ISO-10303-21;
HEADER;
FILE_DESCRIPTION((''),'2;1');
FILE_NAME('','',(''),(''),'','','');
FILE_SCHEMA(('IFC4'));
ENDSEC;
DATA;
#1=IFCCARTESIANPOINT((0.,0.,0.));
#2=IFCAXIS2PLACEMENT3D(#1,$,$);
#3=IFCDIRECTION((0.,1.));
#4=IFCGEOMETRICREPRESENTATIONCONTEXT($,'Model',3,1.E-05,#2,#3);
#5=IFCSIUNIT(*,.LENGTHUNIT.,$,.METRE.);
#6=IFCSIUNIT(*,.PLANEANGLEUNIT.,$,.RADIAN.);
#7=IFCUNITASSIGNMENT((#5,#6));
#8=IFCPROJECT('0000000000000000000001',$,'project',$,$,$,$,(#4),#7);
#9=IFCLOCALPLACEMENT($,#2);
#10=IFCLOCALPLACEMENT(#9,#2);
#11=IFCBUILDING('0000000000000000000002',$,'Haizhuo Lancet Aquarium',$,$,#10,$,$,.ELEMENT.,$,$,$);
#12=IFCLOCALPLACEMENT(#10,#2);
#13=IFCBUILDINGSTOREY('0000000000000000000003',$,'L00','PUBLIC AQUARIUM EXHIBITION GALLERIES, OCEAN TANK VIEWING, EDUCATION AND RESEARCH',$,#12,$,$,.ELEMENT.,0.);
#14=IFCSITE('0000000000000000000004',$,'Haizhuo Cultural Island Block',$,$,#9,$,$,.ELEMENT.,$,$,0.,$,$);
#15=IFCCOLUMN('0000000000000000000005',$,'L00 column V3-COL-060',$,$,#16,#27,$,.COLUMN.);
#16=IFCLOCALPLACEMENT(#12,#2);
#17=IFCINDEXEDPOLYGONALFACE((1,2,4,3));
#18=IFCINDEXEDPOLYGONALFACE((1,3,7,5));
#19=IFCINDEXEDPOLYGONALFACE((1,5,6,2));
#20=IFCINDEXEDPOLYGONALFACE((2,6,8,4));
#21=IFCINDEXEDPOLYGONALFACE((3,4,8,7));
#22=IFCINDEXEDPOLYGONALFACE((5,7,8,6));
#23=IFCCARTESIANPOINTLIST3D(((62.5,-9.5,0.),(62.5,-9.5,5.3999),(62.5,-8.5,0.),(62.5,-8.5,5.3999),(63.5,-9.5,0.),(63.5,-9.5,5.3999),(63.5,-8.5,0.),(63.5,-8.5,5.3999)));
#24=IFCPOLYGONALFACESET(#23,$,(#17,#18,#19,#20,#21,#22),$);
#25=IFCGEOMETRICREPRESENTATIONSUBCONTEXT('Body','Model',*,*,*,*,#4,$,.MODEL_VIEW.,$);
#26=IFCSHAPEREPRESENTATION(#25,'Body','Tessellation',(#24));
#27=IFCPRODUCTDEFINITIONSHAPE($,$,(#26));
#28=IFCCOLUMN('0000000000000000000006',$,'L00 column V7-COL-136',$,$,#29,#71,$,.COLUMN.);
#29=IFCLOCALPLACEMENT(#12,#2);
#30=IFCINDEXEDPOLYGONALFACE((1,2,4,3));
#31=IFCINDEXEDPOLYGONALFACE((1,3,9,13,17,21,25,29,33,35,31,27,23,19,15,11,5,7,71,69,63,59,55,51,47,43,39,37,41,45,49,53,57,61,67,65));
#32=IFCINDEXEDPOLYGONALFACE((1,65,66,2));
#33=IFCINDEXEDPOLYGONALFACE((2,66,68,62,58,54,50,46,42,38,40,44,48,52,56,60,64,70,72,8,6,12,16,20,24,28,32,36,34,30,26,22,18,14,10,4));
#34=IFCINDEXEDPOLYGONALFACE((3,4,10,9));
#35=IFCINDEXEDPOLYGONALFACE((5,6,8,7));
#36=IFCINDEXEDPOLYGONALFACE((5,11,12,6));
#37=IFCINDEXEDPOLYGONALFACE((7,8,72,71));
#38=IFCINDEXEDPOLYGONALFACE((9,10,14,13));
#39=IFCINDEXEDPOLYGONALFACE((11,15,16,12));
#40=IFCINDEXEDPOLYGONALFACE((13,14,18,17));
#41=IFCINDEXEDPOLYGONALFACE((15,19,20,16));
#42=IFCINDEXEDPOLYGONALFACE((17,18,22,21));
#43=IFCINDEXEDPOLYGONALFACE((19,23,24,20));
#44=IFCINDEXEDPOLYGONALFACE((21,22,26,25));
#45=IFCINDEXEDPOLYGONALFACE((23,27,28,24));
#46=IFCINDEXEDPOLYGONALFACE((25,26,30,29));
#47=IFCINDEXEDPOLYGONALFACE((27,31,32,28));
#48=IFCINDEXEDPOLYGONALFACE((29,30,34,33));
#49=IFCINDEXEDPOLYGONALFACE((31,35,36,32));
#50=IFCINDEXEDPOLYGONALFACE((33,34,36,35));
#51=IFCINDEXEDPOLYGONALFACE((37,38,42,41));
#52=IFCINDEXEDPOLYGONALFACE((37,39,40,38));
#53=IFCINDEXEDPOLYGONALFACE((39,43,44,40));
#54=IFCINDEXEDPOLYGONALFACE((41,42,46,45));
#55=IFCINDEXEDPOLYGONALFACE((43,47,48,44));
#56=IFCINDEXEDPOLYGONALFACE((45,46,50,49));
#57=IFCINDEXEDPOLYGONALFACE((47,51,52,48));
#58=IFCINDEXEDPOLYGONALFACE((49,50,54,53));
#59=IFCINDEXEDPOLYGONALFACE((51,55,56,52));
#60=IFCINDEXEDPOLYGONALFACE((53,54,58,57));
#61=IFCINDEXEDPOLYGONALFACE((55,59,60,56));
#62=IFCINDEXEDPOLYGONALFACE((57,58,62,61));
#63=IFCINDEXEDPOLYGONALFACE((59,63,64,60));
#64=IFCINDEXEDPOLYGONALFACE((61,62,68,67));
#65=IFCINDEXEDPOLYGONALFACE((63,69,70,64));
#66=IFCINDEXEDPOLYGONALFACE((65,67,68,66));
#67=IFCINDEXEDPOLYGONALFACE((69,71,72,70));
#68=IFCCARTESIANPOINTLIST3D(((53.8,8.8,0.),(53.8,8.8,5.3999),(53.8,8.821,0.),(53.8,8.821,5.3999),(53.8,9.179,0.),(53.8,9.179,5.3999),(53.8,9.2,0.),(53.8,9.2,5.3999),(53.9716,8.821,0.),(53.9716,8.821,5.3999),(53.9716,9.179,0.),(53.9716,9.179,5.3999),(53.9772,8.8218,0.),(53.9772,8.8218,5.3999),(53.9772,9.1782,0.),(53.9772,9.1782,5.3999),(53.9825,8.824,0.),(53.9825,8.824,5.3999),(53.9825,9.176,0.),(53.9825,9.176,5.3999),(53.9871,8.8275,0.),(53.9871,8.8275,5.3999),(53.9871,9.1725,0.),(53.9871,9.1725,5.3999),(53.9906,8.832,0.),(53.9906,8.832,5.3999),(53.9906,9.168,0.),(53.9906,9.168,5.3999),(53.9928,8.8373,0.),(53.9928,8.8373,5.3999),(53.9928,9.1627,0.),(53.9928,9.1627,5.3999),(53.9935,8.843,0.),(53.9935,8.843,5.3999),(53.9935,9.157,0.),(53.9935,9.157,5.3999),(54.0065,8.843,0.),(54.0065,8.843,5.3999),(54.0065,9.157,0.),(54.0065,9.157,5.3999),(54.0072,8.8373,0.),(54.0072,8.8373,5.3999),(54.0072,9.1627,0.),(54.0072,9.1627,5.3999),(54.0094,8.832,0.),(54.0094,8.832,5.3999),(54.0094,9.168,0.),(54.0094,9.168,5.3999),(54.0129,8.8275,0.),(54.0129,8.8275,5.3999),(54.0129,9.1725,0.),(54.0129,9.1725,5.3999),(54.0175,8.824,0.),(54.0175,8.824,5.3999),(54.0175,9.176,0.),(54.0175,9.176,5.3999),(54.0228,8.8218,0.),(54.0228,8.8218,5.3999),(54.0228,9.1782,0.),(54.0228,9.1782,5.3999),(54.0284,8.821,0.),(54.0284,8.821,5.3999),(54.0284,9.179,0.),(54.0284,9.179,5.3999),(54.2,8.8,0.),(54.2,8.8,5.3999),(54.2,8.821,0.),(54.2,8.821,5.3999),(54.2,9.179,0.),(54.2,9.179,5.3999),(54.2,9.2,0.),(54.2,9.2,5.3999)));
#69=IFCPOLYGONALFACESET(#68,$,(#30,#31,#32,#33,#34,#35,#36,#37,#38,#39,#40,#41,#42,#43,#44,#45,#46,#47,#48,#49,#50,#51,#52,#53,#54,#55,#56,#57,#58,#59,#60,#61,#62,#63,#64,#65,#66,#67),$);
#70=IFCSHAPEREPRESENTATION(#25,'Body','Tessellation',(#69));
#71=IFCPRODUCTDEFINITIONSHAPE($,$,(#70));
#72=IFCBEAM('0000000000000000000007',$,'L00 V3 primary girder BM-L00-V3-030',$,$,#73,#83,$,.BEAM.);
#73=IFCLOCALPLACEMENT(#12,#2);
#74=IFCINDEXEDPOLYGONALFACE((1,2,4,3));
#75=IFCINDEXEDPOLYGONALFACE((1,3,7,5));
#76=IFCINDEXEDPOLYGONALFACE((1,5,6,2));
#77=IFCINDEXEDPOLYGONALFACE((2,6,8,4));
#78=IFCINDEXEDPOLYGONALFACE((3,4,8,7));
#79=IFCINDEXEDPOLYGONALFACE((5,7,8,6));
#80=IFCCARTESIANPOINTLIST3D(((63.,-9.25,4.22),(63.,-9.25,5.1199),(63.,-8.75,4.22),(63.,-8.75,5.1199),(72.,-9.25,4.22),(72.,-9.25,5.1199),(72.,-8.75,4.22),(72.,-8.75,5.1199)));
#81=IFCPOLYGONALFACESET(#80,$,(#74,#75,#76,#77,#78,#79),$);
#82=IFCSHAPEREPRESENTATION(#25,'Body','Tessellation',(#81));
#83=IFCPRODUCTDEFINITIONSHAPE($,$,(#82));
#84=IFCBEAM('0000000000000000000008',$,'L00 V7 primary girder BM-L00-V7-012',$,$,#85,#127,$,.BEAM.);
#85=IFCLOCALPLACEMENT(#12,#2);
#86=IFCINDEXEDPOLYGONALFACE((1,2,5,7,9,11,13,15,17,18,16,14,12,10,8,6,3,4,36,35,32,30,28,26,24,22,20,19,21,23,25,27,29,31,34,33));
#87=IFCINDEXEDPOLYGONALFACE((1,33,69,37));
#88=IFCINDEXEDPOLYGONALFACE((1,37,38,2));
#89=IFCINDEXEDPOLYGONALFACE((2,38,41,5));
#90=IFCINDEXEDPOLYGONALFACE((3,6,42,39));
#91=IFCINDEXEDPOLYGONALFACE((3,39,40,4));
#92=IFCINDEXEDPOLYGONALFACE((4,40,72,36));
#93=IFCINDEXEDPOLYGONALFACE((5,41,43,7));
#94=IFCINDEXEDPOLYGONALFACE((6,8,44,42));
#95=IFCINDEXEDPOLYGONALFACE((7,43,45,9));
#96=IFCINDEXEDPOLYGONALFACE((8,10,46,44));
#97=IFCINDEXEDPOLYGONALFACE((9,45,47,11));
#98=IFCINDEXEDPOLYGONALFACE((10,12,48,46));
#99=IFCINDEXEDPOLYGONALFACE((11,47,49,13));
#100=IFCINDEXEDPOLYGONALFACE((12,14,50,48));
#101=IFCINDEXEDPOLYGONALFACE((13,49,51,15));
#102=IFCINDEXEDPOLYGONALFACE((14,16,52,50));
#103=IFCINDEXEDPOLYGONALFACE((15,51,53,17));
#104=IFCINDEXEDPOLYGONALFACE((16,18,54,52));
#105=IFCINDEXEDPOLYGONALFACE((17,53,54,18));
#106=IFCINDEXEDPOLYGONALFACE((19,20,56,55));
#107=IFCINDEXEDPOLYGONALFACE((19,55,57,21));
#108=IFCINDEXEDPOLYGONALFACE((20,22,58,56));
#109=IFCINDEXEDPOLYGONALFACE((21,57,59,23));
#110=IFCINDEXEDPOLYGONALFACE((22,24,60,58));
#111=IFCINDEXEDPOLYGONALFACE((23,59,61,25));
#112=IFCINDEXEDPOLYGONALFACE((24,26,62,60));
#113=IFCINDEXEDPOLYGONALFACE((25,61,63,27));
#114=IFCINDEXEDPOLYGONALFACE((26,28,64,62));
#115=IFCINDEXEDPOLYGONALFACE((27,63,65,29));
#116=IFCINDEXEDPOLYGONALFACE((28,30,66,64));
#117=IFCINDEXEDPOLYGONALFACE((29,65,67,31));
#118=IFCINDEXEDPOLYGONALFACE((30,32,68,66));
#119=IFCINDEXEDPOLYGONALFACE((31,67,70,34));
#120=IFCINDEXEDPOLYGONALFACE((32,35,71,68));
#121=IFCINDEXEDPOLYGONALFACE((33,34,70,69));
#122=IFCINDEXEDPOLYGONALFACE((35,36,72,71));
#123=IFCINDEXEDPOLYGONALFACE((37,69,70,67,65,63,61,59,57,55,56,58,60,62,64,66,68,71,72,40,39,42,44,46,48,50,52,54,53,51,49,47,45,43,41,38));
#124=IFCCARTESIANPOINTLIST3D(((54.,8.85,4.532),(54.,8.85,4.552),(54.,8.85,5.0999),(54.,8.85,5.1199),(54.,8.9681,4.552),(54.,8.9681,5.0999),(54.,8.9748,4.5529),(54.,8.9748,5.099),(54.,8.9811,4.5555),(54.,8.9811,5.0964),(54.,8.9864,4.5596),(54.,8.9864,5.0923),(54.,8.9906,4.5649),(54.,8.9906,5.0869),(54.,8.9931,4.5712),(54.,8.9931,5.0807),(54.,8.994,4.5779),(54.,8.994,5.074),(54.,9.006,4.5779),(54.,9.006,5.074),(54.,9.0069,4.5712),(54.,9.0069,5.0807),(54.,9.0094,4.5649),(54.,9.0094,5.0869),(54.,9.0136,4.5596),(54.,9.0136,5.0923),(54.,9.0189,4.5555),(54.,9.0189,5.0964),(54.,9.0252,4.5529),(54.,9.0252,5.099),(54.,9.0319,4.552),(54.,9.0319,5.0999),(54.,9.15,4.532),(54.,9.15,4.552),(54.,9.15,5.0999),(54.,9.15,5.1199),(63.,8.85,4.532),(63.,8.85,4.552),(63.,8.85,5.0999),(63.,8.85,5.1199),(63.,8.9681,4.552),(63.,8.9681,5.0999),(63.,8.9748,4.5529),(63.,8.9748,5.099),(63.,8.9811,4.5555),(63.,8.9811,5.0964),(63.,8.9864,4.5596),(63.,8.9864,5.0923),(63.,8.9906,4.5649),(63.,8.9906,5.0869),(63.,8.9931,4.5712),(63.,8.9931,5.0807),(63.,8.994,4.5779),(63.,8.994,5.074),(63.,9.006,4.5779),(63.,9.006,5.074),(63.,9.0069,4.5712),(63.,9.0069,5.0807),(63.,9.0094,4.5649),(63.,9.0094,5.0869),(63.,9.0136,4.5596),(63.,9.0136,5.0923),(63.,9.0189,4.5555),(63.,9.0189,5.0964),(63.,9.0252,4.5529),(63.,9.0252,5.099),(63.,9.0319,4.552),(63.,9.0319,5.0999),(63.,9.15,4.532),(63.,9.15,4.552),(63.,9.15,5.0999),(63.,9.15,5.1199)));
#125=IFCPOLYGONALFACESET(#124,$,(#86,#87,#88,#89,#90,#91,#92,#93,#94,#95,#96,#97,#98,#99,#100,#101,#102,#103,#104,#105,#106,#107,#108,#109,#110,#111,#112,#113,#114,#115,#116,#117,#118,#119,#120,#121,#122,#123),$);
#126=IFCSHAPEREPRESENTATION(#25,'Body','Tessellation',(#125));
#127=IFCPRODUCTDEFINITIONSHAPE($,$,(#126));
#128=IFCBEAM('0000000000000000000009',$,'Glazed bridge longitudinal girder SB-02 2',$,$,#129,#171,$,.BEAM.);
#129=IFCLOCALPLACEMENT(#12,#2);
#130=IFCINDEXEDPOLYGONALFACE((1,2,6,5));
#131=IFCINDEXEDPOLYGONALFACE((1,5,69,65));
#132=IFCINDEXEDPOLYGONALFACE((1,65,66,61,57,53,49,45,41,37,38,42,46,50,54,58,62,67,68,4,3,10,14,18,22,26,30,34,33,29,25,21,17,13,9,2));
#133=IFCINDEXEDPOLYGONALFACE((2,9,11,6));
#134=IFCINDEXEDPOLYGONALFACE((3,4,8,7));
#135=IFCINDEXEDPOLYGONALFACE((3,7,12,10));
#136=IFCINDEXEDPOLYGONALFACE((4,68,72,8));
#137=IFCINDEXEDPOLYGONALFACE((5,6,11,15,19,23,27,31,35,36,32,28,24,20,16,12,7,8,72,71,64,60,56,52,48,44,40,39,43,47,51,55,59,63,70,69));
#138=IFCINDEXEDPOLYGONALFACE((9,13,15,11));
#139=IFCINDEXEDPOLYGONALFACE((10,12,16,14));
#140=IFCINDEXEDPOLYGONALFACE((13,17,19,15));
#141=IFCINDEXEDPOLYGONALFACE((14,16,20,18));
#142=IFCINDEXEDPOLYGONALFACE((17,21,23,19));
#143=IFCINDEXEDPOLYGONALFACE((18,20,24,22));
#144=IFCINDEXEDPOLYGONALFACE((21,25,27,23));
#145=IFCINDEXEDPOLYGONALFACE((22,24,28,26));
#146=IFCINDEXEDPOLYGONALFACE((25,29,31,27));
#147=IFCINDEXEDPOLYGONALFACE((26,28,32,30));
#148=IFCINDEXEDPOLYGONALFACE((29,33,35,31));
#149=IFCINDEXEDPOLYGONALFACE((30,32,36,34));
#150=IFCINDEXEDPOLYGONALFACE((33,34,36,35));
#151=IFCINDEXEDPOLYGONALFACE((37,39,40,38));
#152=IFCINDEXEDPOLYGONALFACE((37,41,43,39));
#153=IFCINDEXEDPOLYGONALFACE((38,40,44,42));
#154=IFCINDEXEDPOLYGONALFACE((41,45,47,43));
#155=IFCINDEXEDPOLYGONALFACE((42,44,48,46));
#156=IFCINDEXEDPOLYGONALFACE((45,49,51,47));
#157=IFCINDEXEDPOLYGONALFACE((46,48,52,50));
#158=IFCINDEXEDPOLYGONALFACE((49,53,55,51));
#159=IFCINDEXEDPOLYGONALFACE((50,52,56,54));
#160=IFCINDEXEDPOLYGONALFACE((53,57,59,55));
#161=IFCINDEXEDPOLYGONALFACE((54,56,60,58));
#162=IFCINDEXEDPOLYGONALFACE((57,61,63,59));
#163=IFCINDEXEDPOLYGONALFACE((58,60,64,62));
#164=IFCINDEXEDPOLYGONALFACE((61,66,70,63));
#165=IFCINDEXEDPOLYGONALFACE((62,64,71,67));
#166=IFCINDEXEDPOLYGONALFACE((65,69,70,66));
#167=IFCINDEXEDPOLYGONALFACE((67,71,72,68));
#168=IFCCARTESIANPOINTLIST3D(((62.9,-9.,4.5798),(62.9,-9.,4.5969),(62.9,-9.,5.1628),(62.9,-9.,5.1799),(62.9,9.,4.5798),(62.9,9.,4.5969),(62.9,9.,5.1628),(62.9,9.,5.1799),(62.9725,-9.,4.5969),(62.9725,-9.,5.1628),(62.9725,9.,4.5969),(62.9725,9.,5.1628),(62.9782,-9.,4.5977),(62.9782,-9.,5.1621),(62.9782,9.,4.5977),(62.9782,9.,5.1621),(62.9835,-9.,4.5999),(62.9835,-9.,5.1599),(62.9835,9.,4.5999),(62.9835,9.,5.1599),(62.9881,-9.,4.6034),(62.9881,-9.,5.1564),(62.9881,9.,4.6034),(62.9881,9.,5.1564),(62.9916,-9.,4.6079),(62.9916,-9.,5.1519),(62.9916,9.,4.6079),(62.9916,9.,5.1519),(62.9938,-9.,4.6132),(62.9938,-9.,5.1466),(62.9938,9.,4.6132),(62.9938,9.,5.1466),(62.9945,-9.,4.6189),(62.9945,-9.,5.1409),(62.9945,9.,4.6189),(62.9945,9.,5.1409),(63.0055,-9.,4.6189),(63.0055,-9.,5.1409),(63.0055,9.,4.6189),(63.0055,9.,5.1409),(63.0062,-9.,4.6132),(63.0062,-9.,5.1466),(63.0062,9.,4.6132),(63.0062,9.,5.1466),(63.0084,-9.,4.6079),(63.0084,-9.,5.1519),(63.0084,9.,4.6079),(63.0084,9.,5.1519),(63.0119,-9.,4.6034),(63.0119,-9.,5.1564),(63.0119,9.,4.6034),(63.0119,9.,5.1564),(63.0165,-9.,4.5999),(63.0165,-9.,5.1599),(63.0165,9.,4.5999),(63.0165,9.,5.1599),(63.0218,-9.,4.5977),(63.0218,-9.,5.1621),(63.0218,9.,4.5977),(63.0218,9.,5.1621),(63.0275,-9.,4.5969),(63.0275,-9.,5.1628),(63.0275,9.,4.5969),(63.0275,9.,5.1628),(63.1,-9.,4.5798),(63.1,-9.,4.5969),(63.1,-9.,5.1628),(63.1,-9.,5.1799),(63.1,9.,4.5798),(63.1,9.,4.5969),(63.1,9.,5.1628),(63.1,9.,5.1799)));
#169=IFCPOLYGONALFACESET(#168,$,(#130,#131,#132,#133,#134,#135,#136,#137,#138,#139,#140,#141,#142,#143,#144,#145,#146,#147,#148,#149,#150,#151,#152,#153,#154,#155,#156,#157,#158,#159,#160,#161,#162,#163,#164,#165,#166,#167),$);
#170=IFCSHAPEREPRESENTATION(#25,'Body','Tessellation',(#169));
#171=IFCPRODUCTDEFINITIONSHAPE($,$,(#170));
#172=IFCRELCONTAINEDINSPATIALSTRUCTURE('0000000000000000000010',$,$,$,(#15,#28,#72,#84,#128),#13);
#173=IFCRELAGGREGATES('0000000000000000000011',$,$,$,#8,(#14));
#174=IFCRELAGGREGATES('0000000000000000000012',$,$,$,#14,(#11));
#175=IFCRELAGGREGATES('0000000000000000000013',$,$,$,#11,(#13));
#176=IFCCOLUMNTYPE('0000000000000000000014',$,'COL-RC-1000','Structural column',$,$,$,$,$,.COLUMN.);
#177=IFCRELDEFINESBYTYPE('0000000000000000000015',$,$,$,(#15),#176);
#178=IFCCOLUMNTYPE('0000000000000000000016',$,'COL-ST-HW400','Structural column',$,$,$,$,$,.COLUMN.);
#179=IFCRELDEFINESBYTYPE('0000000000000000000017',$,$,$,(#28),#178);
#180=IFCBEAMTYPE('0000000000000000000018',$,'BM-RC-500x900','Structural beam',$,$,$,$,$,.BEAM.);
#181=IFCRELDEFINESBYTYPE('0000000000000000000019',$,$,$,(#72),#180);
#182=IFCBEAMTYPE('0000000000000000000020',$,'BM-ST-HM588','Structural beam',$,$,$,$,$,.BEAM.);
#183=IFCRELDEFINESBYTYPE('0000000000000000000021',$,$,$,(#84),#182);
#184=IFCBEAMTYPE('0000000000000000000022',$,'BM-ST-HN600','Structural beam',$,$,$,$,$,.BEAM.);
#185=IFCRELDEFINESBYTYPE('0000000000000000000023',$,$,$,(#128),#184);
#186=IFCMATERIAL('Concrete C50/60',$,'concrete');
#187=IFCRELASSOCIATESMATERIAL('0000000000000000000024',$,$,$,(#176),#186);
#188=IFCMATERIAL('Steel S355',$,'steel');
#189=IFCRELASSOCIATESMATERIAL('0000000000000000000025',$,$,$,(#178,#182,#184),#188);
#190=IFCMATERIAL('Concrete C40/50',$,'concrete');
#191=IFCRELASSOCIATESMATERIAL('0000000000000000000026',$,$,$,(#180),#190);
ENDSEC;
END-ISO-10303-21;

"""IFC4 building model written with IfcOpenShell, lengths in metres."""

from ifc_helpers import new_model, si_unit, direction, frame, origin, origin_2d, place, context, subcontext, project, spatial, rectangle, i_section, extrude, material, material_profile, profile_set, type_object, element, save


model = new_model("IFC4")

# Units and contexts
model_context = context("Model", 3, precision=1e-05, world=origin(), true_north=direction((0.0, 1.0)))
body_context = subcontext(model_context, "Body", "Model", "MODEL_VIEW")
ifc_project = project(units=[si_unit("LENGTHUNIT", "METRE"), si_unit("PLANEANGLEUNIT", "RADIAN")], contexts=[model_context])

# Site, building, storey
site_placement = place(None, origin())
site = spatial("IfcSite", under=ifc_project, at=site_placement, Name="Haizhuo Cultural Island Block", CompositionType="ELEMENT", RefElevation=0.0)
building_placement = place(site_placement, origin())
building = spatial("IfcBuilding", under=site, at=building_placement, Name="Haizhuo Lancet Aquarium", CompositionType="ELEMENT")
storey_placement = place(building_placement, origin())
storey = spatial("IfcBuildingStorey", under=building, at=storey_placement, Name="L00", Description="PUBLIC AQUARIUM EXHIBITION GALLERIES, OCEAN TANK VIEWING, EDUCATION AND RESEARCH", CompositionType="ELEMENT", Elevation=0.0)

# Columns
ifc_material_1 = material(Name="Concrete C50/60", Category="concrete")
ifc_material_profile_1 = material_profile(ifc_material_1, rectangle(XDim=1.0, YDim=1.0, at=origin_2d()), Name="RC-COL 1000x1000")
ifc_profile_set_1 = profile_set([ifc_material_profile_1], Name="Concrete C50/60")
column_type_1 = type_object("IfcColumnType", Name="COL-RC-1000", Description="Structural column", PredefinedType="COLUMN", material=ifc_profile_set_1)
column_1_placement = place(storey_placement, frame((63.0, -9.0, 0.0), z_axis=(0.0, 0.0, 1.0), x_axis=(1.0, 0.0, 0.0)))
element("IfcColumn", 1, at=column_1_placement, inside=storey, type_object=column_type_1, Name="L00 column V3-COL-060", PredefinedType="COLUMN", context=body_context, shape_type="SweptSolid", body=[
    extrude(rectangle(XDim=1.0, YDim=1.0, at=origin_2d()), origin(), (0.0, 0.0, 1.0), 5.3999),
])
ifc_material_2 = material(Name="Steel S355", Category="steel")
ifc_material_profile_2 = material_profile(ifc_material_2, i_section(OverallWidth=0.3999, OverallDepth=0.3999, WebThickness=0.0129, FlangeThickness=0.021, FilletRadius=0.022, at=origin_2d()), Name="HW 400x400x13x21")
ifc_profile_set_2 = profile_set([ifc_material_profile_2], Name="Steel S355")
column_type_2 = type_object("IfcColumnType", Name="COL-ST-HW400", Description="Structural column", PredefinedType="COLUMN", material=ifc_profile_set_2)
column_2_placement = place(storey_placement, frame((54.0, 9.0, 0.0), z_axis=(0.0, 0.0, 1.0), x_axis=(1.0, 0.0, 0.0)))
element("IfcColumn", 2, at=column_2_placement, inside=storey, type_object=column_type_2, Name="L00 column V7-COL-136", PredefinedType="COLUMN", context=body_context, shape_type="SweptSolid", body=[
    extrude(i_section(OverallWidth=0.3999, OverallDepth=0.3999, WebThickness=0.0129, FlangeThickness=0.021, FilletRadius=0.022, at=origin_2d()), origin(), (0.0, 0.0, 1.0), 5.3999),
])

# Beams
ifc_material_3 = material(Name="Concrete C40/50", Category="concrete")
ifc_material_profile_3 = material_profile(ifc_material_3, rectangle(XDim=0.5, YDim=0.8999, at=origin_2d()), Name="RC-BM 500x900")
ifc_profile_set_3 = profile_set([ifc_material_profile_3], Name="Concrete C40/50")
beam_type_1 = type_object("IfcBeamType", Name="BM-RC-500x900", Description="Structural beam", PredefinedType="BEAM", material=ifc_profile_set_3)
beam_1_placement = place(storey_placement, frame((63.0, -9.0, 4.6699), z_axis=(1.0, 0.0, 0.0), x_axis=(0.0, 1.0, 0.0)))
element("IfcBeam", 3, at=beam_1_placement, inside=storey, type_object=beam_type_1, Name="L00 V3 primary girder BM-L00-V3-030", PredefinedType="BEAM", context=body_context, shape_type="SweptSolid", body=[
    extrude(rectangle(XDim=0.5, YDim=0.8999, at=origin_2d()), origin(), (0.0, 0.0, 1.0), 9.0),
])
ifc_material_profile_4 = material_profile(ifc_material_2, i_section(OverallWidth=0.3, OverallDepth=0.5879, WebThickness=0.012, FlangeThickness=0.02, FilletRadius=0.0259, at=origin_2d()), Name="HM 588x300x12x20")
ifc_profile_set_4 = profile_set([ifc_material_profile_4], Name="Steel S355")
beam_type_2 = type_object("IfcBeamType", Name="BM-ST-HM588", Description="Structural beam", PredefinedType="BEAM", material=ifc_profile_set_4)
beam_2_placement = place(storey_placement, frame((54.0, 9.0, 4.8259), z_axis=(1.0, 0.0, 0.0), x_axis=(0.0, 1.0, 0.0)))
element("IfcBeam", 4, at=beam_2_placement, inside=storey, type_object=beam_type_2, Name="L00 V7 primary girder BM-L00-V7-012", PredefinedType="BEAM", context=body_context, shape_type="SweptSolid", body=[
    extrude(i_section(OverallWidth=0.3, OverallDepth=0.5879, WebThickness=0.012, FlangeThickness=0.02, FilletRadius=0.0259, at=origin_2d()), origin(), (0.0, 0.0, 1.0), 9.0),
])
ifc_material_profile_5 = material_profile(ifc_material_2, i_section(OverallWidth=0.2, OverallDepth=0.6001, WebThickness=0.011, FlangeThickness=0.0171, FilletRadius=0.022, at=origin_2d()), Name="HN 600x200x11x17")
ifc_profile_set_5 = profile_set([ifc_material_profile_5], Name="Steel S355")
beam_type_3 = type_object("IfcBeamType", Name="BM-ST-HN600", Description="Structural beam", PredefinedType="BEAM", material=ifc_profile_set_5)
beam_3_placement = place(storey_placement, frame((63.0, -9.0, 4.8799), z_axis=(0.0, 1.0, 0.0), x_axis=(-1.0, 0.0, 0.0)))
element("IfcBeam", 5, at=beam_3_placement, inside=storey, type_object=beam_type_3, Name="Glazed bridge longitudinal girder SB-02 2", PredefinedType="BEAM", context=body_context, shape_type="SweptSolid", body=[
    extrude(i_section(OverallWidth=0.2, OverallDepth=0.6001, WebThickness=0.011, FlangeThickness=0.0171, FilletRadius=0.022, at=origin_2d()), origin(), (0.0, 0.0, 1.0), 18.0),
])

save(model, "model.ifc")
